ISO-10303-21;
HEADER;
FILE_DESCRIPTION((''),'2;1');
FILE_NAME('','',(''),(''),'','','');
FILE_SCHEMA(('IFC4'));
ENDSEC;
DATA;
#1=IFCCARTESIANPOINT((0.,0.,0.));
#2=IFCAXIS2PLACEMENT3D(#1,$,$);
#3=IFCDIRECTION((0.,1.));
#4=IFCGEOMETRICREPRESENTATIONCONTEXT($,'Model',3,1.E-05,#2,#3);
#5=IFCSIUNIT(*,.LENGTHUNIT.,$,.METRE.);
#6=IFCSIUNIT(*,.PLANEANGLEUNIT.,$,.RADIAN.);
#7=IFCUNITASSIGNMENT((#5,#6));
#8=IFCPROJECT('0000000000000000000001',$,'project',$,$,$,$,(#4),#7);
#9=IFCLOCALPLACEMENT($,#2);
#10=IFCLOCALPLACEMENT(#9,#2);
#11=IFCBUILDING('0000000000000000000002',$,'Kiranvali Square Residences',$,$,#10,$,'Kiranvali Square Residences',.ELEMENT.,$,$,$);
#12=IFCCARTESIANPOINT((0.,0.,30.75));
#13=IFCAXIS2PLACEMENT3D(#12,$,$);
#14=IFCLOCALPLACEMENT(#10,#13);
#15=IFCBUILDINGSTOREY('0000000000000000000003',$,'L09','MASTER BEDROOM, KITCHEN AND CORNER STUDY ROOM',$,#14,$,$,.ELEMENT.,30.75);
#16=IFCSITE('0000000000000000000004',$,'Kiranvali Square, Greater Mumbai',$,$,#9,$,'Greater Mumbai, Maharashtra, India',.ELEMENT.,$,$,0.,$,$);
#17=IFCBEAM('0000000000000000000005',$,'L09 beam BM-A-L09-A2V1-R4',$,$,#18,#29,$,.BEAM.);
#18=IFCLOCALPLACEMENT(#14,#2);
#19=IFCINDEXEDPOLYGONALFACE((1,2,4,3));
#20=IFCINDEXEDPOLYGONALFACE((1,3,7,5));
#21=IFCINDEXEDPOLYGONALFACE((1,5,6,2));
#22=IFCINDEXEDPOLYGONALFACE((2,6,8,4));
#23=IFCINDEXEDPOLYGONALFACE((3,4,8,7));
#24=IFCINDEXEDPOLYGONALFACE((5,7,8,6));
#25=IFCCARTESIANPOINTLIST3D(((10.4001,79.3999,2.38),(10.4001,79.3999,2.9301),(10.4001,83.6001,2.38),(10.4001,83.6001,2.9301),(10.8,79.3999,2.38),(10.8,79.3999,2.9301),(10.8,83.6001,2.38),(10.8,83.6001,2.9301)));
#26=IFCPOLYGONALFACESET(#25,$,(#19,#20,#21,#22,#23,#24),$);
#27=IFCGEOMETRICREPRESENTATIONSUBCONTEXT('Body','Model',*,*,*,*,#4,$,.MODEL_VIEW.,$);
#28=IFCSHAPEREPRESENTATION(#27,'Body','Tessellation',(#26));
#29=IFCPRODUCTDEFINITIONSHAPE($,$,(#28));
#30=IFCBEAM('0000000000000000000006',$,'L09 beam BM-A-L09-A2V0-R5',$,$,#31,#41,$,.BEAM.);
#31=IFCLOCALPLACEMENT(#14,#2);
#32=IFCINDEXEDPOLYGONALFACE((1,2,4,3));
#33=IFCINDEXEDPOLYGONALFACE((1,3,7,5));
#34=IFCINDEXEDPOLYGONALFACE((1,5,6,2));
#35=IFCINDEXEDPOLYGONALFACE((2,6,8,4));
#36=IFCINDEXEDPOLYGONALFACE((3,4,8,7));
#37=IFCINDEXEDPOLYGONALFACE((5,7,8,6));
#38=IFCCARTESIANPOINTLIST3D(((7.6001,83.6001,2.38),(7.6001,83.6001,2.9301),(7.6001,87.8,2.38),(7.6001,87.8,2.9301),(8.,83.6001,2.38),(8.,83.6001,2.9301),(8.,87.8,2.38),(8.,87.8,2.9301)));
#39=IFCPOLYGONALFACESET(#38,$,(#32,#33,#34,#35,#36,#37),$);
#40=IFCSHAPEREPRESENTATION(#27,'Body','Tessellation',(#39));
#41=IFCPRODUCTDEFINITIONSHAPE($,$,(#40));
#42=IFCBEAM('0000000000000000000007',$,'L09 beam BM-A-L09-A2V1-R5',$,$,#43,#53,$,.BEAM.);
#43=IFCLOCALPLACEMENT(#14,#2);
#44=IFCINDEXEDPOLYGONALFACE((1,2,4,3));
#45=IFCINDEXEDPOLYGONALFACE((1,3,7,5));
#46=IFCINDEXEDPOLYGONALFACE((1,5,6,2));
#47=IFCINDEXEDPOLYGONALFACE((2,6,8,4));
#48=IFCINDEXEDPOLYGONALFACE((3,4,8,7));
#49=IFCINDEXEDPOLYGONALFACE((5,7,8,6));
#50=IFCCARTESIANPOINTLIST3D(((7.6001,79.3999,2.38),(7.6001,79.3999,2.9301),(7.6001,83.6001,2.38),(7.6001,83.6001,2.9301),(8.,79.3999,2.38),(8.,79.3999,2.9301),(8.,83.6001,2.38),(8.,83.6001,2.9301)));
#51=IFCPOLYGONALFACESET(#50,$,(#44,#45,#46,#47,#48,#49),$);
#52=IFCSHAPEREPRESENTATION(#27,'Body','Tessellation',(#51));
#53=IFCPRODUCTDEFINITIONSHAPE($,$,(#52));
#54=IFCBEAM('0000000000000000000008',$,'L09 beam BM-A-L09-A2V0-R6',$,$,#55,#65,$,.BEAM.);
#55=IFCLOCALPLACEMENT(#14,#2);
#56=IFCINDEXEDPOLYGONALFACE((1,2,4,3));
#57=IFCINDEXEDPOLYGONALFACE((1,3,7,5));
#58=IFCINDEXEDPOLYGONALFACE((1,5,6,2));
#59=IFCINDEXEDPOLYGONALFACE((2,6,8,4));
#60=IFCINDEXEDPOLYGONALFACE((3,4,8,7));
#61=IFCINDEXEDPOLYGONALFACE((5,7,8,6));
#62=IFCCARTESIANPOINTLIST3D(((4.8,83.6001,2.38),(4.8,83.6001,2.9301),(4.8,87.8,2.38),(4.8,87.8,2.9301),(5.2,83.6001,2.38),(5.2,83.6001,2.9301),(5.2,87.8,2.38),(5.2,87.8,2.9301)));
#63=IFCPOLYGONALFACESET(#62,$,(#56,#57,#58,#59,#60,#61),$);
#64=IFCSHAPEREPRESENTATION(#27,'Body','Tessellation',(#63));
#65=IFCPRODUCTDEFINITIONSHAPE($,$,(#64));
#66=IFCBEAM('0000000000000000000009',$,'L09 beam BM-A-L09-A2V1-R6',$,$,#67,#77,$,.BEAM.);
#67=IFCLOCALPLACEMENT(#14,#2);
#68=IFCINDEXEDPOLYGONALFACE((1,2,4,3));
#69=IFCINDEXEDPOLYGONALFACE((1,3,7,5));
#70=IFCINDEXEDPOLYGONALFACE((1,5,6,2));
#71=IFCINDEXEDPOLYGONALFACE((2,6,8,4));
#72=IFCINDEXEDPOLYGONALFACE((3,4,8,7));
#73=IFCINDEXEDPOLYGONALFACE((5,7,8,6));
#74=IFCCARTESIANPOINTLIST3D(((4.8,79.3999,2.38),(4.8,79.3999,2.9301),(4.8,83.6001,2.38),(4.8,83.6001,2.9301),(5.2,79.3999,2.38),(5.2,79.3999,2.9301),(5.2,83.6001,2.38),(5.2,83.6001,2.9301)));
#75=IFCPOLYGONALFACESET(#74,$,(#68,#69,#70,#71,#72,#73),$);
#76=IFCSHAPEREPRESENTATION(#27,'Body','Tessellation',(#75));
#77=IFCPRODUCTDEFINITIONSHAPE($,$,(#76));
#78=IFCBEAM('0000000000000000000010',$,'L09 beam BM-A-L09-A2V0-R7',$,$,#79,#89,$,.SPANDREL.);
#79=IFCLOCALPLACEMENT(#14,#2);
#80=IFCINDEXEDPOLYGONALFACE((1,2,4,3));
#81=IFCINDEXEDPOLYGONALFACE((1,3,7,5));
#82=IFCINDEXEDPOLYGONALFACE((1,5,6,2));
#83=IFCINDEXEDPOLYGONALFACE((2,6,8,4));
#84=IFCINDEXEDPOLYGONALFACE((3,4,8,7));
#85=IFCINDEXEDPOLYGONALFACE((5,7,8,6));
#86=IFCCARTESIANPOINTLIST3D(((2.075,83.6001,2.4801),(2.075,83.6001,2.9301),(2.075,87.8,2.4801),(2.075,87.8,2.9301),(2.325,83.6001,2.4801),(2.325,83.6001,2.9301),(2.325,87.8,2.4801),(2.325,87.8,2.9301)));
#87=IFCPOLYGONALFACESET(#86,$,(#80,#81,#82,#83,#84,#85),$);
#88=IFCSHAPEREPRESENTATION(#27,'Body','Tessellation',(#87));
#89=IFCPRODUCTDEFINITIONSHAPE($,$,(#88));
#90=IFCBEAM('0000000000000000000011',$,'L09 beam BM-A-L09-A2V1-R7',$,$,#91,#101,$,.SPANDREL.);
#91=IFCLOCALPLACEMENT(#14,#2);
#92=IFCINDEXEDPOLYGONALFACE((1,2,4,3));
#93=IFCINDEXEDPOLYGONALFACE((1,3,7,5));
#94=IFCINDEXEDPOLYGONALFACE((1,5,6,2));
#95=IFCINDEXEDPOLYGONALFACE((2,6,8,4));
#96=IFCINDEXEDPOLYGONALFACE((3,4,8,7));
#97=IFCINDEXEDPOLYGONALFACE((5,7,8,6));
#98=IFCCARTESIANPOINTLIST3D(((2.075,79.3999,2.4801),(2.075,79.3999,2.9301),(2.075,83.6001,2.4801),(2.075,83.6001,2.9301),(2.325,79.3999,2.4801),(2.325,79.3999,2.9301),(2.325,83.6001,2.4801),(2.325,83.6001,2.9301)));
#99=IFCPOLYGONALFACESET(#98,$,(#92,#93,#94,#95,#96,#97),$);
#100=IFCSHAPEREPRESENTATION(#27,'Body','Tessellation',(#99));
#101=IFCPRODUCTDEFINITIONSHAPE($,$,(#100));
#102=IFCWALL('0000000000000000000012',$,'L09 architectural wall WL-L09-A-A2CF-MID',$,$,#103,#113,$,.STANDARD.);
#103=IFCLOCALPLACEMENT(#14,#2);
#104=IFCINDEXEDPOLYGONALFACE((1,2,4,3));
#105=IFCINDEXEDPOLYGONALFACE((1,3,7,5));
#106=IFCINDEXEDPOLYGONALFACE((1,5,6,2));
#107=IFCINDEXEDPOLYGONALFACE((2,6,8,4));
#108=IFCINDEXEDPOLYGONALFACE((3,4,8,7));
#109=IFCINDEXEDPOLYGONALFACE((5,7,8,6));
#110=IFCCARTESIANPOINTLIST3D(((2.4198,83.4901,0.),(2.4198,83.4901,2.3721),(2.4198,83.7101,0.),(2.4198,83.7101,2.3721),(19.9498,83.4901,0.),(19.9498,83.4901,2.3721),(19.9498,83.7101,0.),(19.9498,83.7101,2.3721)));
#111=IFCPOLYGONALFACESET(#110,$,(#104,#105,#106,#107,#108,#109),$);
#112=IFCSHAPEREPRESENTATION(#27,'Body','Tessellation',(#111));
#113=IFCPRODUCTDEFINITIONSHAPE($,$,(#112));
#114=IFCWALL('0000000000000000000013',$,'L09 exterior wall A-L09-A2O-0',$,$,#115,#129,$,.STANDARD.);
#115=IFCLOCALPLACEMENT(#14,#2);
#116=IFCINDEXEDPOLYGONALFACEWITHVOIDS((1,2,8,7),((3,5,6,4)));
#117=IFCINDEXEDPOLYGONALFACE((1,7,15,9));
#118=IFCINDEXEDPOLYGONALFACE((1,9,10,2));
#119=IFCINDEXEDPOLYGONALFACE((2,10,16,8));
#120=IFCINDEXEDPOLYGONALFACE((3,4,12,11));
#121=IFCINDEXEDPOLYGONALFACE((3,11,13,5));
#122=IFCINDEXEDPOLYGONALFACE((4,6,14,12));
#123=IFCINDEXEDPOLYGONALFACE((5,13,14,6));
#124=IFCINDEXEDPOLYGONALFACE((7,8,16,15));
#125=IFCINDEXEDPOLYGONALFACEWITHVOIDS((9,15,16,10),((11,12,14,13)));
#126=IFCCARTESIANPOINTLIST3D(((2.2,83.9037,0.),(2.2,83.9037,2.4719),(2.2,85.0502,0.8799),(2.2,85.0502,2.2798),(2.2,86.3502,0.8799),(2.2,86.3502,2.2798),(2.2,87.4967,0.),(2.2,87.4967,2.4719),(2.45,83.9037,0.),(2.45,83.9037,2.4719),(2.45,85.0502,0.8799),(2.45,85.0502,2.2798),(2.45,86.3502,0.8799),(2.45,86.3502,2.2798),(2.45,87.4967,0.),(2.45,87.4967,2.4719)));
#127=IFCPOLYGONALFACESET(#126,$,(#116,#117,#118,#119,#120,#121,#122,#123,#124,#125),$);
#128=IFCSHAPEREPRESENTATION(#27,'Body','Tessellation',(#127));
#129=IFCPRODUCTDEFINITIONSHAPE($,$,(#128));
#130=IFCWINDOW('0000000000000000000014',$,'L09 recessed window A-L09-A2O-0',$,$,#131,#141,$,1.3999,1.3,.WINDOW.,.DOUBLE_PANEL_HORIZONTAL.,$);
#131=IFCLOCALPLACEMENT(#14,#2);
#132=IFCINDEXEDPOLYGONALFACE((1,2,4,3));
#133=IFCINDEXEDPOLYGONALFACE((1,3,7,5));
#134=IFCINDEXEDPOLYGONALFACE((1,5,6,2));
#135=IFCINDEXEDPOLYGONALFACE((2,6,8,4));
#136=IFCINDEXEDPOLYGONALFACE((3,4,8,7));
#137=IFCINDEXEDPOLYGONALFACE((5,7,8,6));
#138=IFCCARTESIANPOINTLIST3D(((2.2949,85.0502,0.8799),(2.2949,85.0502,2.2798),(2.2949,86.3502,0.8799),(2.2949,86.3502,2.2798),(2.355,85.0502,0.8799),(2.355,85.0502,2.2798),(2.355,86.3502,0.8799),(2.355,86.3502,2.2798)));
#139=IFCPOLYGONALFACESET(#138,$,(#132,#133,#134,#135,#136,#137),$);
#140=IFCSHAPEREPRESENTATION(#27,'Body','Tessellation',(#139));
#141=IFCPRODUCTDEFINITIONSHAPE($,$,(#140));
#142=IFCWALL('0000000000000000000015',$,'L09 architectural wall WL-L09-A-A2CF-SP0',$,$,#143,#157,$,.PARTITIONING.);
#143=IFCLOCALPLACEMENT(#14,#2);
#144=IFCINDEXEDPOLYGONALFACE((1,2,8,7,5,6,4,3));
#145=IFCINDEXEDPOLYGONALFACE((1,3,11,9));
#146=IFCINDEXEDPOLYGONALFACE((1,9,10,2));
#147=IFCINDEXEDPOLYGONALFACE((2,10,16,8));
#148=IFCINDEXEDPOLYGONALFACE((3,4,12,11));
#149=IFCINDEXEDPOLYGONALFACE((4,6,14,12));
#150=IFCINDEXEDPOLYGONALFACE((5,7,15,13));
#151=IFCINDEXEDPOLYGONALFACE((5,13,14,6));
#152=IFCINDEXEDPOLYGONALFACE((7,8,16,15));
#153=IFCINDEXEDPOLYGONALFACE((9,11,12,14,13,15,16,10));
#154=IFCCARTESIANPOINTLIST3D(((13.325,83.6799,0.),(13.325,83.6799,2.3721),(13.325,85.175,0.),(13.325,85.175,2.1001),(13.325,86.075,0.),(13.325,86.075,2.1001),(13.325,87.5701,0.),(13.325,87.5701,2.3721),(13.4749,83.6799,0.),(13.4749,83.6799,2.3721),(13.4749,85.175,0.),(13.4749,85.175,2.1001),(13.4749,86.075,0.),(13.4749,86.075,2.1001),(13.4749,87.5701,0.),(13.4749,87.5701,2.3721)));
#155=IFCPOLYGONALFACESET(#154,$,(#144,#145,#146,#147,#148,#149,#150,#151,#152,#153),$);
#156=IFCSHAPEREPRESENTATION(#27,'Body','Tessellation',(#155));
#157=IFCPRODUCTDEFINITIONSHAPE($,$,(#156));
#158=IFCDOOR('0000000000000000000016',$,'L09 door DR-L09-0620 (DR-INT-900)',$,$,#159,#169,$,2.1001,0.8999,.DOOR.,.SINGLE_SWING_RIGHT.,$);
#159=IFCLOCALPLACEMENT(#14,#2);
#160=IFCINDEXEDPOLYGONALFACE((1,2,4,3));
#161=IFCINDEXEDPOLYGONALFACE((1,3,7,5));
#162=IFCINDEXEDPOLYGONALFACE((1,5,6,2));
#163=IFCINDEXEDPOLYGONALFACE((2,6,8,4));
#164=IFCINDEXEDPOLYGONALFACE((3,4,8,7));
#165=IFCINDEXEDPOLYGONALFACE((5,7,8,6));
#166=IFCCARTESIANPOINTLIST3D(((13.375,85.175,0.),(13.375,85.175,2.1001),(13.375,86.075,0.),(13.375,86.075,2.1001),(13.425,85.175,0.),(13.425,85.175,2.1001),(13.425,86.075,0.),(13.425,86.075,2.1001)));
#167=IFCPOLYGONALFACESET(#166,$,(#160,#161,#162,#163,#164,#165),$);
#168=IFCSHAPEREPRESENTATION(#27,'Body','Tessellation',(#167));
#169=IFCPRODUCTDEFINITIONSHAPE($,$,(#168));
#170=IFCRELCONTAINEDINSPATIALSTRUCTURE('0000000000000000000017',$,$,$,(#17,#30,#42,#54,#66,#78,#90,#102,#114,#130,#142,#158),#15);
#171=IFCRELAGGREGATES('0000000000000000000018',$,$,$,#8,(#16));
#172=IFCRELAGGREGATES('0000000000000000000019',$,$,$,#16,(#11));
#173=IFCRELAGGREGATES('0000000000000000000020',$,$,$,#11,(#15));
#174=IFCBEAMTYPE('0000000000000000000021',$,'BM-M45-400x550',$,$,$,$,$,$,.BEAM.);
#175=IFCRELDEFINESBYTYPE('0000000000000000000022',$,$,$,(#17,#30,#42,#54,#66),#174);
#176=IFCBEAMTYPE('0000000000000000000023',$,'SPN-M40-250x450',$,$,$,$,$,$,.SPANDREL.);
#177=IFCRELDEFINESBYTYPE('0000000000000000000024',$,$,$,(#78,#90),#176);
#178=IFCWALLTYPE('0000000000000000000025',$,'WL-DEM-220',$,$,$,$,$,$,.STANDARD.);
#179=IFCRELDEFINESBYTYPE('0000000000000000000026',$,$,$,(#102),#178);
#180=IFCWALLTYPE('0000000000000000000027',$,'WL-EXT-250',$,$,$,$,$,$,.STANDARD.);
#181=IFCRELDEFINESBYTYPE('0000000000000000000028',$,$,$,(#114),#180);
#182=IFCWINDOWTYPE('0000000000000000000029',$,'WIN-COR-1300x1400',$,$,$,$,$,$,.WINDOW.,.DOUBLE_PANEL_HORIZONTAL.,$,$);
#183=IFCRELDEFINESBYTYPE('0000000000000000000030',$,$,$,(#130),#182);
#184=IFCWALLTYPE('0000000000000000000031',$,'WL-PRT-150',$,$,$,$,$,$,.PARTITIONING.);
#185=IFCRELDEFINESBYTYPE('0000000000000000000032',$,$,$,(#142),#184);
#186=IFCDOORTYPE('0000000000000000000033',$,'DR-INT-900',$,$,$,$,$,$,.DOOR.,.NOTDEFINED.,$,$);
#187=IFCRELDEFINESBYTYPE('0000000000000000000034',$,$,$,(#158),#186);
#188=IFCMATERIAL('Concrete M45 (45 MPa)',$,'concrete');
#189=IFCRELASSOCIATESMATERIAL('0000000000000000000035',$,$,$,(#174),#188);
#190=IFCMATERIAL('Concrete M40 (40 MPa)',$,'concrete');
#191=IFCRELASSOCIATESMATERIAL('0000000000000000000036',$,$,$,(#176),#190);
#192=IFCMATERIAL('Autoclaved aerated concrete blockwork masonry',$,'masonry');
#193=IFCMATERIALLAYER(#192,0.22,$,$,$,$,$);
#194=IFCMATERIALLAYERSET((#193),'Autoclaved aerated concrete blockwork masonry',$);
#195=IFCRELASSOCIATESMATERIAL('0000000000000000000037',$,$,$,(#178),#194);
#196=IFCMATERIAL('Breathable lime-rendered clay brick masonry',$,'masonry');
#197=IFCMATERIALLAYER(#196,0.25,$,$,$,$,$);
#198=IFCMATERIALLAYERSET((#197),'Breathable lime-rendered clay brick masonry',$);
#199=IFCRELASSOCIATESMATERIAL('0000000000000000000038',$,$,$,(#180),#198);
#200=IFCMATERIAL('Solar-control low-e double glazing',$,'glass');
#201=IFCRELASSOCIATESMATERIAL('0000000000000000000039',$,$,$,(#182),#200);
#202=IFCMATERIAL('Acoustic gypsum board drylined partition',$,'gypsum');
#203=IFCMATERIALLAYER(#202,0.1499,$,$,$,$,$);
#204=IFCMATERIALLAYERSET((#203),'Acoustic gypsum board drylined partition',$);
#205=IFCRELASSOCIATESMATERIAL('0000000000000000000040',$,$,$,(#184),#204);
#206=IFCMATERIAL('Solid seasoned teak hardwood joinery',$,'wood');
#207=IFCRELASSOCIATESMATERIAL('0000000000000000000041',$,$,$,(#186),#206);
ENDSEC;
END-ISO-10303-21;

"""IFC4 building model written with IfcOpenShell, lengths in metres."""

from ifc_helpers import new_model, si_unit, direction, frame, frame_2d, origin, origin_2d, place, context, subcontext, project, spatial, rectangle, extrude, material, layer, layer_set, material_profile, profile_set, type_object, element, fill, save


model = new_model("IFC4")

# Units and contexts
model_context = context("Model", 3, precision=1e-05, world=origin(), true_north=direction((0.0, 1.0)))
body_context = subcontext(model_context, "Body", "Model", "MODEL_VIEW")
ifc_project = project(units=[si_unit("LENGTHUNIT", "METRE"), si_unit("PLANEANGLEUNIT", "RADIAN")], contexts=[model_context])

# Site, building, storey
site_placement = place(None, origin())
site = spatial("IfcSite", under=ifc_project, at=site_placement, Name="Kiranvali Square, Greater Mumbai", LongName="Greater Mumbai, Maharashtra, India", CompositionType="ELEMENT", RefElevation=0.0)
building_placement = place(site_placement, origin())
building = spatial("IfcBuilding", under=site, at=building_placement, Name="Kiranvali Square Residences", LongName="Kiranvali Square Residences", CompositionType="ELEMENT")
storey_placement = place(building_placement, frame((0.0, 0.0, 30.75)))
storey = spatial("IfcBuildingStorey", under=building, at=storey_placement, Name="L09", Description="MASTER BEDROOM, KITCHEN AND CORNER STUDY ROOM", CompositionType="ELEMENT", Elevation=30.75)

# Shared definitions
ifc_material_1 = material(Name="Concrete M40 (40 MPa)", Category="concrete")

# Beams
ifc_material_2 = material(Name="Concrete M45 (45 MPa)", Category="concrete")
ifc_material_profile_1 = material_profile(ifc_material_2, rectangle(XDim=0.3999, YDim=0.55, at=origin_2d()), Name="RC 400x550")
ifc_profile_set_1 = profile_set([ifc_material_profile_1], Name="Concrete M45 (45 MPa)")
beam_type_1 = type_object("IfcBeamType", Name="BM-M45-400x550", PredefinedType="BEAM", material=ifc_profile_set_1)
beam_1_placement = place(storey_placement, frame((10.6001, 83.6001, 2.655), z_axis=(0.0, -1.0, 0.0), x_axis=(1.0, 0.0, 0.0)))
element("IfcBeam", 1, at=beam_1_placement, inside=storey, type_object=beam_type_1, Name="L09 beam BM-A-L09-A2V1-R4", PredefinedType="BEAM", context=body_context, shape_type="SweptSolid", body=[
    extrude(rectangle(XDim=0.3999, YDim=0.55, at=origin_2d()), origin(), (0.0, 0.0, 1.0), 4.2002),
])
beam_2_placement = place(storey_placement, frame((7.8, 87.8, 2.655), z_axis=(0.0, -1.0, 0.0), x_axis=(1.0, 0.0, 0.0)))
element("IfcBeam", 2, at=beam_2_placement, inside=storey, type_object=beam_type_1, Name="L09 beam BM-A-L09-A2V0-R5", PredefinedType="BEAM", context=body_context, shape_type="SweptSolid", body=[
    extrude(rectangle(XDim=0.3999, YDim=0.55, at=origin_2d()), origin(), (0.0, 0.0, 1.0), 4.2),
])
beam_3_placement = place(storey_placement, frame((7.8, 83.6001, 2.655), z_axis=(0.0, -1.0, 0.0), x_axis=(1.0, 0.0, 0.0)))
element("IfcBeam", 3, at=beam_3_placement, inside=storey, type_object=beam_type_1, Name="L09 beam BM-A-L09-A2V1-R5", PredefinedType="BEAM", context=body_context, shape_type="SweptSolid", body=[
    extrude(rectangle(XDim=0.3999, YDim=0.55, at=origin_2d()), origin(), (0.0, 0.0, 1.0), 4.2002),
])
beam_4_placement = place(storey_placement, frame((5.0, 87.8, 2.655), z_axis=(0.0, -1.0, 0.0), x_axis=(1.0, 0.0, 0.0)))
element("IfcBeam", 4, at=beam_4_placement, inside=storey, type_object=beam_type_1, Name="L09 beam BM-A-L09-A2V0-R6", PredefinedType="BEAM", context=body_context, shape_type="SweptSolid", body=[
    extrude(rectangle(XDim=0.3999, YDim=0.55, at=origin_2d()), origin(), (0.0, 0.0, 1.0), 4.2),
])
beam_5_placement = place(storey_placement, frame((5.0, 83.6001, 2.655), z_axis=(0.0, -1.0, 0.0), x_axis=(1.0, 0.0, 0.0)))
element("IfcBeam", 5, at=beam_5_placement, inside=storey, type_object=beam_type_1, Name="L09 beam BM-A-L09-A2V1-R6", PredefinedType="BEAM", context=body_context, shape_type="SweptSolid", body=[
    extrude(rectangle(XDim=0.3999, YDim=0.55, at=origin_2d()), origin(), (0.0, 0.0, 1.0), 4.2002),
])
ifc_material_profile_2 = material_profile(ifc_material_1, rectangle(XDim=0.25, YDim=0.45, at=origin_2d()), Name="RC 250x450")
ifc_profile_set_2 = profile_set([ifc_material_profile_2], Name="Concrete M40 (40 MPa)")
beam_type_2 = type_object("IfcBeamType", Name="SPN-M40-250x450", PredefinedType="SPANDREL", material=ifc_profile_set_2)
beam_6_placement = place(storey_placement, frame((2.2, 87.8, 2.7051), z_axis=(0.0, -1.0, 0.0), x_axis=(1.0, 0.0, 0.0)))
element("IfcBeam", 6, at=beam_6_placement, inside=storey, type_object=beam_type_2, Name="L09 beam BM-A-L09-A2V0-R7", PredefinedType="SPANDREL", context=body_context, shape_type="SweptSolid", body=[
    extrude(rectangle(XDim=0.25, YDim=0.45, at=origin_2d()), origin(), (0.0, 0.0, 1.0), 4.2),
])
beam_7_placement = place(storey_placement, frame((2.2, 83.6001, 2.7051), z_axis=(0.0, -1.0, 0.0), x_axis=(1.0, 0.0, 0.0)))
element("IfcBeam", 7, at=beam_7_placement, inside=storey, type_object=beam_type_2, Name="L09 beam BM-A-L09-A2V1-R7", PredefinedType="SPANDREL", context=body_context, shape_type="SweptSolid", body=[
    extrude(rectangle(XDim=0.25, YDim=0.45, at=origin_2d()), origin(), (0.0, 0.0, 1.0), 4.2002),
])

# Shared definitions
ifc_material_3 = material(Name="Autoclaved aerated concrete blockwork masonry", Category="masonry")

# Wall
ifc_layer_1 = layer(ifc_material_3, 0.22)
ifc_layer_set_1 = layer_set([ifc_layer_1], Name="Autoclaved aerated concrete blockwork masonry")
wall_type_1 = type_object("IfcWallType", Name="WL-DEM-220", PredefinedType="STANDARD", material=ifc_layer_set_1)
wall_1_placement = place(storey_placement, frame((19.95, 83.6001, 0.0), z_axis=(0.0, 0.0, 1.0), x_axis=(-1.0, 0.0, 0.0)))
element("IfcWall", 8, at=wall_1_placement, inside=storey, type_object=wall_type_1, Name="L09 architectural wall WL-L09-A-A2CF-MID", PredefinedType="STANDARD", context=body_context, shape_type="SweptSolid", body=[
    extrude(rectangle(XDim=17.53, YDim=0.22, at=frame_2d((8.7651, 0.0))), origin(), (0.0, 0.0, 1.0), 2.3721),
])

# Wall, opening, window
ifc_material_4 = material(Name="Breathable lime-rendered clay brick masonry", Category="masonry")
ifc_layer_2 = layer(ifc_material_4, 0.25)
ifc_layer_set_2 = layer_set([ifc_layer_2], Name="Breathable lime-rendered clay brick masonry")
wall_type_2 = type_object("IfcWallType", Name="WL-EXT-250", PredefinedType="STANDARD", material=ifc_layer_set_2)
wall_2_placement = place(storey_placement, frame((2.325, 87.4966, 0.0), z_axis=(0.0, 0.0, 1.0), x_axis=(0.0, -1.0, 0.0)))
wall_2 = element("IfcWall", 9, at=wall_2_placement, inside=storey, type_object=wall_type_2, Name="L09 exterior wall A-L09-A2O-0", PredefinedType="STANDARD", context=body_context, shape_type="SweptSolid", body=[
    extrude(rectangle(XDim=3.593, YDim=0.25, at=frame_2d((1.7964, 0.0))), origin(), (0.0, 0.0, 1.0), 2.4719),
])
opening_1_placement = place(wall_2_placement, frame((1.1465, 0.0, 0.8799)))
opening_1 = element("IfcOpeningElement", 10, at=opening_1_placement, cuts=wall_2, PredefinedType="OPENING", context=body_context, shape_type="SweptSolid", body=[
    extrude(rectangle(XDim=1.3, YDim=1.3999, at=frame_2d((0.6499, 0.7))), frame((0.0, 0.135, 0.0), z_axis=(0.0, -1.0, 0.0), x_axis=(1.0, 0.0, 0.0)), (0.0, 0.0, 1.0), 0.27),
])
ifc_material_5 = material(Name="Solar-control low-e double glazing", Category="glass")
window_type = type_object("IfcWindowType", Name="WIN-COR-1300x1400", PartitioningType="DOUBLE_PANEL_HORIZONTAL", PredefinedType="WINDOW", material=ifc_material_5)
window_placement = place(opening_1_placement, origin())
window = element("IfcWindow", 11, at=window_placement, inside=storey, type_object=window_type, Name="L09 recessed window A-L09-A2O-0", OverallHeight=1.3999, OverallWidth=1.3, PartitioningType="DOUBLE_PANEL_HORIZONTAL", PredefinedType="WINDOW", context=body_context, shape_type="SweptSolid", body=[
    extrude(rectangle(XDim=1.3, YDim=1.3999, at=frame_2d((0.6499, 0.7))), frame((0.0, 0.03, 0.0), z_axis=(0.0, -1.0, 0.0), x_axis=(1.0, 0.0, 0.0)), (0.0, 0.0, 1.0), 0.0601),
])
fill(opening_1, window)

# Wall, opening, door
ifc_material_6 = material(Name="Acoustic gypsum board drylined partition", Category="gypsum")
ifc_layer_3 = layer(ifc_material_6, 0.1499)
ifc_layer_set_3 = layer_set([ifc_layer_3], Name="Acoustic gypsum board drylined partition")
wall_type_3 = type_object("IfcWallType", Name="WL-PRT-150", PredefinedType="PARTITIONING", material=ifc_layer_set_3)
wall_3_placement = place(storey_placement, frame((13.3999, 87.5701, 0.0), z_axis=(0.0, 0.0, 1.0), x_axis=(0.0, -1.0, 0.0)))
wall_3 = element("IfcWall", 12, at=wall_3_placement, inside=storey, type_object=wall_type_3, Name="L09 architectural wall WL-L09-A-A2CF-SP0", PredefinedType="PARTITIONING", context=body_context, shape_type="SweptSolid", body=[
    extrude(rectangle(XDim=3.8901, YDim=0.1499, at=frame_2d((1.9451, 0.0))), origin(), (0.0, 0.0, 1.0), 2.3721),
])
opening_2_placement = place(wall_3_placement, frame((1.4951, 0.0, 0.0)))
opening_2 = element("IfcOpeningElement", 13, at=opening_2_placement, cuts=wall_3, PredefinedType="OPENING", context=body_context, shape_type="SweptSolid", body=[
    extrude(rectangle(XDim=0.8999, YDim=2.1001, at=frame_2d((0.45, 1.05))), frame((0.0, 0.085, 0.0), z_axis=(0.0, -1.0, 0.0), x_axis=(1.0, 0.0, 0.0)), (0.0, 0.0, 1.0), 0.1699),
])
ifc_material_7 = material(Name="Solid seasoned teak hardwood joinery", Category="wood")
door_type_1 = type_object("IfcDoorType", Name="DR-INT-900", OperationType="NOTDEFINED", PredefinedType="DOOR", material=ifc_material_7)
door_1_placement = place(opening_2_placement, frame((0.8999, 0.0, 0.0), z_axis=(0.0, 0.0, 1.0), x_axis=(-1.0, 0.0, 0.0)))
door_1 = element("IfcDoor", 14, at=door_1_placement, inside=storey, type_object=door_type_1, Name="L09 door DR-L09-0620 (DR-INT-900)", OperationType="SINGLE_SWING_RIGHT", OverallHeight=2.1001, OverallWidth=0.8999, PredefinedType="DOOR", context=body_context, shape_type="SweptSolid", body=[
    extrude(rectangle(XDim=0.8999, YDim=2.1001, at=frame_2d((0.45, 1.05))), frame((0.0, 0.0249, 0.0), z_axis=(0.0, -1.0, 0.0), x_axis=(1.0, 0.0, 0.0)), (0.0, 0.0, 1.0), 0.05),
])
fill(opening_2, door_1)

save(model, "model.ifc")
